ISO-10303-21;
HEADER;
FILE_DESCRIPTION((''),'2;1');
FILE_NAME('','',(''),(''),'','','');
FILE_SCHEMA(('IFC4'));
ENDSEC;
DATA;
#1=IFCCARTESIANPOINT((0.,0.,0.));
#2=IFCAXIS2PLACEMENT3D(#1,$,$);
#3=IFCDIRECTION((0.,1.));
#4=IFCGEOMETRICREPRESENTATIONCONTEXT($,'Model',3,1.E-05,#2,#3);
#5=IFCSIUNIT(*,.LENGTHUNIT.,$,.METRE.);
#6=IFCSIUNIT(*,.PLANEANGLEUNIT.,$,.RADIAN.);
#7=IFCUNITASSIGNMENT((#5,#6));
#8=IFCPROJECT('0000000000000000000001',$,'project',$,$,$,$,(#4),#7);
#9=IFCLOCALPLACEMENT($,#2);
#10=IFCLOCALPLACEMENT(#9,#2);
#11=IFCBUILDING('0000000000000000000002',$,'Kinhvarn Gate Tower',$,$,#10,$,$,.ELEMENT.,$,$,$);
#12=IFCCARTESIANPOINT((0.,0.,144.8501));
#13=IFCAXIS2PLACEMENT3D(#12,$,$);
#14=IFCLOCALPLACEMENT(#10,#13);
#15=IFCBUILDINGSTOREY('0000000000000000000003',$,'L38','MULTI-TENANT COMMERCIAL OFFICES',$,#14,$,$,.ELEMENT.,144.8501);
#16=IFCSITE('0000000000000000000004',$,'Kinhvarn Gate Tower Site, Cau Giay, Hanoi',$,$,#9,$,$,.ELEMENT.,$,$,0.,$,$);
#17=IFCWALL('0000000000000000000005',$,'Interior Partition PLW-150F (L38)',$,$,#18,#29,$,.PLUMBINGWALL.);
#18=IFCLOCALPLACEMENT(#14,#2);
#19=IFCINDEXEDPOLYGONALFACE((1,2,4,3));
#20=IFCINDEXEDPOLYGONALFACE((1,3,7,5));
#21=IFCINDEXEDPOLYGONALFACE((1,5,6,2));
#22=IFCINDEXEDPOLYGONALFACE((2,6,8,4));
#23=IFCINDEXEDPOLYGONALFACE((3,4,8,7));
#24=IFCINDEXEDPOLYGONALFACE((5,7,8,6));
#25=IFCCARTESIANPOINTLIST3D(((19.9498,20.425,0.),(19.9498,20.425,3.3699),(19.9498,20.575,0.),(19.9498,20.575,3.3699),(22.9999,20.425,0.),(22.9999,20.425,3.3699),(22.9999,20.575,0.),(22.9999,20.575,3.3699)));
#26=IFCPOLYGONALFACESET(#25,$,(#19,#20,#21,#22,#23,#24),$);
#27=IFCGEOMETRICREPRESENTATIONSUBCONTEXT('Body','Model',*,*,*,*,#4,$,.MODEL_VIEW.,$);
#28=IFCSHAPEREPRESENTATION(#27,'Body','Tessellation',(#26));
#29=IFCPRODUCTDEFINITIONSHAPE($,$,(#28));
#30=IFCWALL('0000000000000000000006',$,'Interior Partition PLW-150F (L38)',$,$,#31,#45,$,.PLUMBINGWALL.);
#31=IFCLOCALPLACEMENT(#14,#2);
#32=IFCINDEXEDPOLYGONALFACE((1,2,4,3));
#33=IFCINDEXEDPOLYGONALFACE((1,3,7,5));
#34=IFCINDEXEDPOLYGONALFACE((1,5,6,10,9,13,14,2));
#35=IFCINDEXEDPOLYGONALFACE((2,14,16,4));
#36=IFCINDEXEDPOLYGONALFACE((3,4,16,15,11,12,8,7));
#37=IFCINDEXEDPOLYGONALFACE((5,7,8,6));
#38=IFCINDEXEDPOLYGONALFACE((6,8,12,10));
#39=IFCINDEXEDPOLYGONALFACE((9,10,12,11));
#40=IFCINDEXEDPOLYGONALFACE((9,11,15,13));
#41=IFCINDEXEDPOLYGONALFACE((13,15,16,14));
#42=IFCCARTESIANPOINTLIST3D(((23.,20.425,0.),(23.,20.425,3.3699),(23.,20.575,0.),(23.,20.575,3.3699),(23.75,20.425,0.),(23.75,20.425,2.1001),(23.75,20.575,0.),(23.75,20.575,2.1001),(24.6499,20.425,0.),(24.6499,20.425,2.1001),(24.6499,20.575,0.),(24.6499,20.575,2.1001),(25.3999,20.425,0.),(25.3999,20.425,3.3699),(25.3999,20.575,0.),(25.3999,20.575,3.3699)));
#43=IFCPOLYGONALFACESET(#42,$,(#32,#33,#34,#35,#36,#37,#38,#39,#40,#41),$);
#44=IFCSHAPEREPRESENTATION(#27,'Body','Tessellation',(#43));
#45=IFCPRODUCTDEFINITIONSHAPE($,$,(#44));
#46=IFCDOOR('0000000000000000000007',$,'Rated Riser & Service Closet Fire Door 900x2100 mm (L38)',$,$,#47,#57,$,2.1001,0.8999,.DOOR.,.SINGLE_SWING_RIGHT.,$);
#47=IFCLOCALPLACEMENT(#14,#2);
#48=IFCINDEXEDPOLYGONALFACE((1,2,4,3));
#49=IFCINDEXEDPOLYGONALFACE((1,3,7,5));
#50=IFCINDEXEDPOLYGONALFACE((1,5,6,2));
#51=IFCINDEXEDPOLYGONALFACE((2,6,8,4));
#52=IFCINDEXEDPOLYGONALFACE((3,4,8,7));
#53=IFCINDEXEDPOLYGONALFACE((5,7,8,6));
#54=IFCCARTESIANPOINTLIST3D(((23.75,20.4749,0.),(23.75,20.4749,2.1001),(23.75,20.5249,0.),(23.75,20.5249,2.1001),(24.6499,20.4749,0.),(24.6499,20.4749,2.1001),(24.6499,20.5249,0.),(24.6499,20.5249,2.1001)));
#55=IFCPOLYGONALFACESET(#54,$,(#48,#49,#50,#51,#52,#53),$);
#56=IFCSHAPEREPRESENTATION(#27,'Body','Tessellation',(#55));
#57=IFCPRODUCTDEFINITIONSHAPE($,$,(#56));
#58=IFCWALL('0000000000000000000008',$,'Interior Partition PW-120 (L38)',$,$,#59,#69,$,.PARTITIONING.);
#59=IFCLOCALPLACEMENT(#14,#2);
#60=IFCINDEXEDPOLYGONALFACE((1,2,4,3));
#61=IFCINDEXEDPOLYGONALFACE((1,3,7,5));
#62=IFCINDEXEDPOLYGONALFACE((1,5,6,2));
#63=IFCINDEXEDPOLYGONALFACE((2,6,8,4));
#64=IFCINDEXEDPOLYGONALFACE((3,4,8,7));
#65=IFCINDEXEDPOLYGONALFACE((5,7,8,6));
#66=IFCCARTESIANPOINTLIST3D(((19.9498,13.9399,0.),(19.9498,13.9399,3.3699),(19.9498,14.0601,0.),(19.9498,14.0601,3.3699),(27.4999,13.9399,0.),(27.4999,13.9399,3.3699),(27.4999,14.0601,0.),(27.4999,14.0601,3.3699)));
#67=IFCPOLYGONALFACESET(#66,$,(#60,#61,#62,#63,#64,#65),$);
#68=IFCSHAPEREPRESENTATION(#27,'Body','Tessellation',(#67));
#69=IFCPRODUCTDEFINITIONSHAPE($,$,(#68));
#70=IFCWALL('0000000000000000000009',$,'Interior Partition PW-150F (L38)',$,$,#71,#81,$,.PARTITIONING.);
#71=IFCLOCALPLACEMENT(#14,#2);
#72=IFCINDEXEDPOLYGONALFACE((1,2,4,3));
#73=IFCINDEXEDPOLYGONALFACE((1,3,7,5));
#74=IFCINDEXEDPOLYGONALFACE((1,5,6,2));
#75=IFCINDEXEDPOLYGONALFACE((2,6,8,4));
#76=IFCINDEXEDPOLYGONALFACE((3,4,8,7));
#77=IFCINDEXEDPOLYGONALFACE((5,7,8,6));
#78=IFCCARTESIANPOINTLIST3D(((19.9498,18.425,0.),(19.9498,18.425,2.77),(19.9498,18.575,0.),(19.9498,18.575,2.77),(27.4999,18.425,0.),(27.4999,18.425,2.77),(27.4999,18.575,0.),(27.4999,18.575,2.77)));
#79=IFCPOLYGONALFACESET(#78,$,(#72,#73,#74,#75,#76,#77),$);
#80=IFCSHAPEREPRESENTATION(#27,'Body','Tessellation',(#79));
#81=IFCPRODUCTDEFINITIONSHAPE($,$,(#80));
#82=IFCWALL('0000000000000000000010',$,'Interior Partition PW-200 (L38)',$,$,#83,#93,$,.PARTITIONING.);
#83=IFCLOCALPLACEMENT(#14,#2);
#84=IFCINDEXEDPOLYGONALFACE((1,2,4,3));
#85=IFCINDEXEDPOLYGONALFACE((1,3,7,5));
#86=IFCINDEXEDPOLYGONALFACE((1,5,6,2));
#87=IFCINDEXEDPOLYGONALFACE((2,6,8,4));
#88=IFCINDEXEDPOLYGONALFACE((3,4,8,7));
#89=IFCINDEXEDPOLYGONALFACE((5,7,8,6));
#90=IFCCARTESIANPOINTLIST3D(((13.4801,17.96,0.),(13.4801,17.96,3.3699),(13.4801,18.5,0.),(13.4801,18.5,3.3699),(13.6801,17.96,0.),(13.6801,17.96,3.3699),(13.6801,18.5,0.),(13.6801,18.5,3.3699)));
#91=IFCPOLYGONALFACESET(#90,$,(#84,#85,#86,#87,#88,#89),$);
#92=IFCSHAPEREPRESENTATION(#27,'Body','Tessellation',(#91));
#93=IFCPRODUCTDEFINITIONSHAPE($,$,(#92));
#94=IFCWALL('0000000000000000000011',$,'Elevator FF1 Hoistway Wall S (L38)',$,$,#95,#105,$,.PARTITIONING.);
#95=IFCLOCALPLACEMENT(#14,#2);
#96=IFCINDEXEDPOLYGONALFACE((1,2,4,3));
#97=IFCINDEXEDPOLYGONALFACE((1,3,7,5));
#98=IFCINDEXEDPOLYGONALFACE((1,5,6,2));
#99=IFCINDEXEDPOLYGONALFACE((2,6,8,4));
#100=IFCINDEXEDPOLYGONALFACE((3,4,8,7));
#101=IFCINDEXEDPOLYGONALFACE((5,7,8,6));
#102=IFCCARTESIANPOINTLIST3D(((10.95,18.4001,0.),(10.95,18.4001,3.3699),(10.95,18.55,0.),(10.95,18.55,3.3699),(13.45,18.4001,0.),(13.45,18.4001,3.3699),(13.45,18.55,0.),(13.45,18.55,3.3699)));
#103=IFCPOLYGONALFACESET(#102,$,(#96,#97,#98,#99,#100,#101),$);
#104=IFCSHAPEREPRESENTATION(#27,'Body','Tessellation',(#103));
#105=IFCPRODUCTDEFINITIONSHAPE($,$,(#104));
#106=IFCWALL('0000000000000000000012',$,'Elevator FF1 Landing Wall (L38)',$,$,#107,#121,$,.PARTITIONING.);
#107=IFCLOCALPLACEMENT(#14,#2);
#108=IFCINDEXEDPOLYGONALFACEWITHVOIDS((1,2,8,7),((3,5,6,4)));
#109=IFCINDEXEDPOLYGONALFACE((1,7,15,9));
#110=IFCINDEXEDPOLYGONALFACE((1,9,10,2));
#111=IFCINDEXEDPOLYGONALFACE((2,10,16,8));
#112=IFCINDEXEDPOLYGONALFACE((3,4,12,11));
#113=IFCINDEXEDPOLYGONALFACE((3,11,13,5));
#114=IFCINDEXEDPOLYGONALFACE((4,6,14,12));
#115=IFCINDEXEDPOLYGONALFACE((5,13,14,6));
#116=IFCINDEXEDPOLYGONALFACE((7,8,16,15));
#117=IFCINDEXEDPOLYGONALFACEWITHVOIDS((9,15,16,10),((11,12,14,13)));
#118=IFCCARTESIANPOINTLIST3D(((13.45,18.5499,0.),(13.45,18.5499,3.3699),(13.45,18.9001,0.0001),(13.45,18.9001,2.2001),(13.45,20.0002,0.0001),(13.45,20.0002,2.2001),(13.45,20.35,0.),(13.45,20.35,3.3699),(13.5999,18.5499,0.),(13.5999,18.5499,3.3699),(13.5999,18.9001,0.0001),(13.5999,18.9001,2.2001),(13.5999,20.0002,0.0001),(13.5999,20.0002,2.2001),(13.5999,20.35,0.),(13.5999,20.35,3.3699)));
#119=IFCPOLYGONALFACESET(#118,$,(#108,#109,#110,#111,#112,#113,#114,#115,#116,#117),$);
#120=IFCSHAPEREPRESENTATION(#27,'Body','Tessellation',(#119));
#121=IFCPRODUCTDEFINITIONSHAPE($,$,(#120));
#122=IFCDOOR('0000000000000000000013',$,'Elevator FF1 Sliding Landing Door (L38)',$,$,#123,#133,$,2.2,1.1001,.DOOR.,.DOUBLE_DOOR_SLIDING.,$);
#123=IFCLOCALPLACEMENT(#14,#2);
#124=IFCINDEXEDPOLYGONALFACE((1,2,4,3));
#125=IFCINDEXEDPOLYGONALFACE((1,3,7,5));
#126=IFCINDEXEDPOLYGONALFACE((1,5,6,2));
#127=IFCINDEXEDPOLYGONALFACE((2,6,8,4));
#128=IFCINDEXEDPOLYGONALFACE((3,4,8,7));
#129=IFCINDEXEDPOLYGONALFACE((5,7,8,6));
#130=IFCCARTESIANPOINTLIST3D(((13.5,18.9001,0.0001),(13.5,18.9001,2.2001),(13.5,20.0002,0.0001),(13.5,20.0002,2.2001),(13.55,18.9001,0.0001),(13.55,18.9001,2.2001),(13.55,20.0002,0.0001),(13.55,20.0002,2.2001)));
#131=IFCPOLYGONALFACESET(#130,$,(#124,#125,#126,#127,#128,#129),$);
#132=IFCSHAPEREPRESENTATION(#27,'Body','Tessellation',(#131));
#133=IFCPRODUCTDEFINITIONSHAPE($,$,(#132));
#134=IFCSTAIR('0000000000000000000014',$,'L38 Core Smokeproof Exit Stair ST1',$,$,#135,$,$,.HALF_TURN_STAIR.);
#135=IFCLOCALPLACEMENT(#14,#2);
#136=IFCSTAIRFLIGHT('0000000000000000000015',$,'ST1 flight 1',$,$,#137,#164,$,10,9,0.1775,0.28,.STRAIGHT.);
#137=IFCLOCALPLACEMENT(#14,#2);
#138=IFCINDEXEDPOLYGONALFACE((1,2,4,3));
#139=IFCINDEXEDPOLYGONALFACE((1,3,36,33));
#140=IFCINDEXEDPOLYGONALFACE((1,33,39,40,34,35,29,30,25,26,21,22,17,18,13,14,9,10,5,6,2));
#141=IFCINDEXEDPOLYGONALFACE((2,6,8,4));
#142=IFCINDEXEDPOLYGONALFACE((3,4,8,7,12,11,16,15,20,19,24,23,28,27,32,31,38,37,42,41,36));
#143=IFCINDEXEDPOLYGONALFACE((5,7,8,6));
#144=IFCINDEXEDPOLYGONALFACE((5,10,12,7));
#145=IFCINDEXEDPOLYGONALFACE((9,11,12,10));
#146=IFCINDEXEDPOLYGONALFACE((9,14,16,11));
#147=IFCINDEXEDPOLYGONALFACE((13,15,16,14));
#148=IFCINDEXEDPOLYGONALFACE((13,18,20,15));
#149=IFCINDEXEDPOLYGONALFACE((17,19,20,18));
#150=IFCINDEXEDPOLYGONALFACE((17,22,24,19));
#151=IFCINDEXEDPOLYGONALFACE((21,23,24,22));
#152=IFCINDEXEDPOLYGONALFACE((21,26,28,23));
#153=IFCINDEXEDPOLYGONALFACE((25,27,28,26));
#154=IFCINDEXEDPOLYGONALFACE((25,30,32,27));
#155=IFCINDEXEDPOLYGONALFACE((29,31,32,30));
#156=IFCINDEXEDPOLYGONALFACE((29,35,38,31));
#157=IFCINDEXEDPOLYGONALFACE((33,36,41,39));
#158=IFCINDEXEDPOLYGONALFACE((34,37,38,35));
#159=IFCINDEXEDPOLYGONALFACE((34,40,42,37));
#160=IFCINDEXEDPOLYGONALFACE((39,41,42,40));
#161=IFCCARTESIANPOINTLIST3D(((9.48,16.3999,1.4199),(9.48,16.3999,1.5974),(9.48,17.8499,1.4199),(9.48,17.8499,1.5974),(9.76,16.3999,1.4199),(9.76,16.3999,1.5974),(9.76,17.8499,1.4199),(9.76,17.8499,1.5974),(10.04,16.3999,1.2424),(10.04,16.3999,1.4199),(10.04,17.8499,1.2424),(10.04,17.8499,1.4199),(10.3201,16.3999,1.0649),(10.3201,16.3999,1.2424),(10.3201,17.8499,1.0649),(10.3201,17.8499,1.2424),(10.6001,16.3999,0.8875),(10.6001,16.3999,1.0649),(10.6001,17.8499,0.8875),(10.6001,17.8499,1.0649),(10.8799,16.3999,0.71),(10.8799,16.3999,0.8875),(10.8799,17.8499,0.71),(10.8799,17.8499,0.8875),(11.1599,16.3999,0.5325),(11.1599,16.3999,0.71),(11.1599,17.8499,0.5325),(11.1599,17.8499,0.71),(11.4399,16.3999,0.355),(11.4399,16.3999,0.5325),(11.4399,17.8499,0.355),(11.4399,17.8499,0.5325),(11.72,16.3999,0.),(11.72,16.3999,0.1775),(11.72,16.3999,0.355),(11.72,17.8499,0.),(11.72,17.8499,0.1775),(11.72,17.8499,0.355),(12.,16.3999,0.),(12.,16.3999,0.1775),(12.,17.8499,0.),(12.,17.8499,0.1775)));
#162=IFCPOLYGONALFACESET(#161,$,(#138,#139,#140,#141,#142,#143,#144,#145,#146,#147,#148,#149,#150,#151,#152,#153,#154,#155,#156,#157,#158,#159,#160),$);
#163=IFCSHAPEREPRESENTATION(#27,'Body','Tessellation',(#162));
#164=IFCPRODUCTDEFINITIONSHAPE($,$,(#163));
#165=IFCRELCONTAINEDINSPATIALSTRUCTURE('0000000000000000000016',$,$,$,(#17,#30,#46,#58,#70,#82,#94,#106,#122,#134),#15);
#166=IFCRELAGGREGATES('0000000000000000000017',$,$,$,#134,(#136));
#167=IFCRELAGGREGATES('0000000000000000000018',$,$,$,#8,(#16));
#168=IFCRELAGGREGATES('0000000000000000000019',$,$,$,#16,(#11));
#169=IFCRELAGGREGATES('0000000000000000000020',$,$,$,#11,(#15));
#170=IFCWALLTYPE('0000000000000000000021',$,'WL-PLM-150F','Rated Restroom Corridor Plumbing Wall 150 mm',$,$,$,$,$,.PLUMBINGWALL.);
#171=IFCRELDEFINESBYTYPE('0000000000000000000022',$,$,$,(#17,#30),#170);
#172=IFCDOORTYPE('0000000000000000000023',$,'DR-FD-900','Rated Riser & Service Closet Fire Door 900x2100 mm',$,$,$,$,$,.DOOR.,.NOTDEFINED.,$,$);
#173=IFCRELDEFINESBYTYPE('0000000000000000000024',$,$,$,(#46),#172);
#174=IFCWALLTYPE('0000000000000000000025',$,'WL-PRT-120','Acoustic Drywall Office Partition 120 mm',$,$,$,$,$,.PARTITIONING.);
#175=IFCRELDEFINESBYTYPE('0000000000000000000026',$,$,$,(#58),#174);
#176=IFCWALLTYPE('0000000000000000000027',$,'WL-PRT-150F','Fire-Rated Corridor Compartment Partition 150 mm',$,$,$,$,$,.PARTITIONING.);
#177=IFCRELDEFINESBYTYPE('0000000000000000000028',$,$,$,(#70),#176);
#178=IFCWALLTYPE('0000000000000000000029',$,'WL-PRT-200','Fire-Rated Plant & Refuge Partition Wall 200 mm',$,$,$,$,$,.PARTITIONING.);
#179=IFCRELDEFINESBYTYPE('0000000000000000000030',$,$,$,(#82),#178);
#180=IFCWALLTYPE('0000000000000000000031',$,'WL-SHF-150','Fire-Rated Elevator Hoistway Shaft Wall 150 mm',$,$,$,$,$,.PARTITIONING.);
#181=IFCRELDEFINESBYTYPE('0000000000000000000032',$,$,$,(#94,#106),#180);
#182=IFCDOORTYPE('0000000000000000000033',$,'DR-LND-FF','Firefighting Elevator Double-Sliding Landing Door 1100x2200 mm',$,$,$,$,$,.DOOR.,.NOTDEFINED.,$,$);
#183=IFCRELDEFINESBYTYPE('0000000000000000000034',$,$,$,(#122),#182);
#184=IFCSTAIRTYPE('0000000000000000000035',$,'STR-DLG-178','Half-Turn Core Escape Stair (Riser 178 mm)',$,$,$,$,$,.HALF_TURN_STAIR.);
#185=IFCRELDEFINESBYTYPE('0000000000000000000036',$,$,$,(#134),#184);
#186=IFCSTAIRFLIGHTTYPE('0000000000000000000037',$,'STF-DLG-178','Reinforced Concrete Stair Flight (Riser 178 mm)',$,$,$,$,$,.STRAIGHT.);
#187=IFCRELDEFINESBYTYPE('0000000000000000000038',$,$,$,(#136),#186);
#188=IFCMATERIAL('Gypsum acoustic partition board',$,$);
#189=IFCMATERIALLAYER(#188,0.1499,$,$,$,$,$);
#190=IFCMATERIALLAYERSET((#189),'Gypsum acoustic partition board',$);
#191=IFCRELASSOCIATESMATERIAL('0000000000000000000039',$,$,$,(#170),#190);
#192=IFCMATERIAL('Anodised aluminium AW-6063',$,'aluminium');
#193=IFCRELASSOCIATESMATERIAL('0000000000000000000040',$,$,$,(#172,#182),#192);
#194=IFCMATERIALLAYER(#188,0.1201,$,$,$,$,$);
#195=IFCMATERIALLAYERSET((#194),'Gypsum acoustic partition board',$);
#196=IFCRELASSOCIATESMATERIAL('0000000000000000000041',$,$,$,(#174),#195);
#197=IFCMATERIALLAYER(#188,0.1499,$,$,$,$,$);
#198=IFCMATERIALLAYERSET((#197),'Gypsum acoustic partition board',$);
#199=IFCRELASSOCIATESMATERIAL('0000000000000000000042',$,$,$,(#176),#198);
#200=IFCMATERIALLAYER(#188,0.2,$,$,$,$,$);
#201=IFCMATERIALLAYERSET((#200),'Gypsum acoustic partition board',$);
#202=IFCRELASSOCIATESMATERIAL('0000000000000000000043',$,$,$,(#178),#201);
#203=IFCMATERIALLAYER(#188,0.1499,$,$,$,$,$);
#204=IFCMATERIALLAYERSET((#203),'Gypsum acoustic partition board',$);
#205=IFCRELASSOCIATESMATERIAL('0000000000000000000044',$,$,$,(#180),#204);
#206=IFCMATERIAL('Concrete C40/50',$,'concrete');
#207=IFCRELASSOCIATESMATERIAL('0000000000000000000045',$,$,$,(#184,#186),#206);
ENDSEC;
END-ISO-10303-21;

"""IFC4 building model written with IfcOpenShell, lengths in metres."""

from ifc_helpers import new_model, si_unit, direction, frame, frame_2d, origin, place, context, subcontext, project, spatial, polyline, rectangle, outline, extrude, material, layer, layer_set, type_object, element, fill, aggregate, save


model = new_model("IFC4")

# Units and contexts
model_context = context("Model", 3, precision=1e-05, world=origin(), true_north=direction((0.0, 1.0)))
body_context = subcontext(model_context, "Body", "Model", "MODEL_VIEW")
ifc_project = project(units=[si_unit("LENGTHUNIT", "METRE"), si_unit("PLANEANGLEUNIT", "RADIAN")], contexts=[model_context])

# Site, building, storey
site_placement = place(None, origin())
site = spatial("IfcSite", under=ifc_project, at=site_placement, Name="Kinhvarn Gate Tower Site, Cau Giay, Hanoi", CompositionType="ELEMENT", RefElevation=0.0)
building_placement = place(site_placement, origin())
building = spatial("IfcBuilding", under=site, at=building_placement, Name="Kinhvarn Gate Tower", CompositionType="ELEMENT")
storey_placement = place(building_placement, frame((0.0, 0.0, 144.8501)))
storey = spatial("IfcBuildingStorey", under=building, at=storey_placement, Name="L38", Description="MULTI-TENANT COMMERCIAL OFFICES", CompositionType="ELEMENT", Elevation=144.8501)

# Shared definitions
ifc_material_1 = material(Name="Anodised aluminium AW-6063", Category="aluminium")

# Shared definitions
ifc_material_2 = material(Name="Gypsum acoustic partition board")

# Shared definitions
ifc_layer_1 = layer(ifc_material_2, 0.1499)
ifc_layer_set_1 = layer_set([ifc_layer_1], Name="Gypsum acoustic partition board")
wall_type_1 = type_object("IfcWallType", Name="WL-PLM-150F", Description="Rated Restroom Corridor Plumbing Wall 150 mm", PredefinedType="PLUMBINGWALL", material=ifc_layer_set_1)
door_type_1 = type_object("IfcDoorType", Name="DR-FD-900", Description="Rated Riser & Service Closet Fire Door 900x2100 mm", OperationType="NOTDEFINED", PredefinedType="DOOR", material=ifc_material_1)

# Wall
wall_1_placement = place(storey_placement, frame((19.95, 20.5, 0.0), z_axis=(0.0, 0.0, 1.0), x_axis=(1.0, 0.0, 0.0)))
element("IfcWall", 1, at=wall_1_placement, inside=storey, type_object=wall_type_1, Name="Interior Partition PLW-150F (L38)", PredefinedType="PLUMBINGWALL", context=body_context, shape_type="SweptSolid", body=[
    extrude(rectangle(XDim=3.05, YDim=0.1499, at=frame_2d((1.5249, 0.0))), origin(), (0.0, 0.0, 1.0), 3.3699),
])

# Wall, opening, door
wall_2_placement = place(storey_placement, frame((23.0, 20.5, 0.0), z_axis=(0.0, 0.0, 1.0), x_axis=(1.0, 0.0, 0.0)))
wall_2 = element("IfcWall", 2, at=wall_2_placement, inside=storey, type_object=wall_type_1, Name="Interior Partition PLW-150F (L38)", PredefinedType="PLUMBINGWALL", context=body_context, shape_type="SweptSolid", body=[
    extrude(rectangle(XDim=2.3999, YDim=0.1499, at=frame_2d((1.2, 0.0))), origin(), (0.0, 0.0, 1.0), 3.3699),
])
opening_1_placement = place(wall_2_placement, frame((0.75, 0.0, 0.0)))
opening_1 = element("IfcOpeningElement", 3, at=opening_1_placement, cuts=wall_2, PredefinedType="OPENING", context=body_context, shape_type="SweptSolid", body=[
    extrude(rectangle(XDim=0.8999, YDim=2.1001, at=frame_2d((0.45, 1.05))), frame((0.0, 0.085, 0.0), z_axis=(0.0, -1.0, 0.0), x_axis=(1.0, 0.0, 0.0)), (0.0, 0.0, 1.0), 0.1699),
])
door_1_placement = place(opening_1_placement, origin())
door_1 = element("IfcDoor", 4, at=door_1_placement, inside=storey, type_object=door_type_1, Name="Rated Riser & Service Closet Fire Door 900x2100 mm (L38)", OperationType="SINGLE_SWING_RIGHT", OverallHeight=2.1001, OverallWidth=0.8999, PredefinedType="DOOR", context=body_context, shape_type="SweptSolid", body=[
    extrude(rectangle(XDim=0.8999, YDim=2.1001, at=frame_2d((0.45, 1.05))), frame((0.0, 0.0249, 0.0), z_axis=(0.0, -1.0, 0.0), x_axis=(1.0, 0.0, 0.0)), (0.0, 0.0, 1.0), 0.05),
])
fill(opening_1, door_1)

# Wall
ifc_layer_2 = layer(ifc_material_2, 0.1201)
ifc_layer_set_2 = layer_set([ifc_layer_2], Name="Gypsum acoustic partition board")
wall_type_2 = type_object("IfcWallType", Name="WL-PRT-120", Description="Acoustic Drywall Office Partition 120 mm", PredefinedType="PARTITIONING", material=ifc_layer_set_2)
wall_3_placement = place(storey_placement, frame((19.95, 14.0, 0.0), z_axis=(0.0, 0.0, 1.0), x_axis=(1.0, 0.0, 0.0)))
element("IfcWall", 5, at=wall_3_placement, inside=storey, type_object=wall_type_2, Name="Interior Partition PW-120 (L38)", PredefinedType="PARTITIONING", context=body_context, shape_type="SweptSolid", body=[
    extrude(rectangle(XDim=7.55, YDim=0.1201, at=frame_2d((3.7749, 0.0))), origin(), (0.0, 0.0, 1.0), 3.3699),
])

# Shared definitions
ifc_layer_3 = layer(ifc_material_2, 0.1499)
ifc_layer_set_3 = layer_set([ifc_layer_3], Name="Gypsum acoustic partition board")
wall_type_3 = type_object("IfcWallType", Name="WL-PRT-150F", Description="Fire-Rated Corridor Compartment Partition 150 mm", PredefinedType="PARTITIONING", material=ifc_layer_set_3)

# Walls
wall_4_placement = place(storey_placement, frame((19.95, 18.5, 0.0), z_axis=(0.0, 0.0, 1.0), x_axis=(1.0, 0.0, 0.0)))
element("IfcWall", 6, at=wall_4_placement, inside=storey, type_object=wall_type_3, Name="Interior Partition PW-150F (L38)", PredefinedType="PARTITIONING", context=body_context, shape_type="SweptSolid", body=[
    extrude(rectangle(XDim=7.55, YDim=0.1499, at=frame_2d((3.7749, 0.0))), origin(), (0.0, 0.0, 1.0), 2.77),
])
ifc_layer_4 = layer(ifc_material_2, 0.2)
ifc_layer_set_4 = layer_set([ifc_layer_4], Name="Gypsum acoustic partition board")
wall_type_4 = type_object("IfcWallType", Name="WL-PRT-200", Description="Fire-Rated Plant & Refuge Partition Wall 200 mm", PredefinedType="PARTITIONING", material=ifc_layer_set_4)
wall_5_placement = place(storey_placement, frame((13.5801, 17.96, 0.0), z_axis=(0.0, 0.0, 1.0), x_axis=(0.0, 1.0, 0.0)))
element("IfcWall", 7, at=wall_5_placement, inside=storey, type_object=wall_type_4, Name="Interior Partition PW-200 (L38)", PredefinedType="PARTITIONING", context=body_context, shape_type="SweptSolid", body=[
    extrude(rectangle(XDim=0.54, YDim=0.2, at=frame_2d((0.27, 0.0))), origin(), (0.0, 0.0, 1.0), 3.3699),
])
ifc_layer_5 = layer(ifc_material_2, 0.1499)
ifc_layer_set_5 = layer_set([ifc_layer_5], Name="Gypsum acoustic partition board")
wall_type_5 = type_object("IfcWallType", Name="WL-SHF-150", Description="Fire-Rated Elevator Hoistway Shaft Wall 150 mm", PredefinedType="PARTITIONING", material=ifc_layer_set_5)
wall_6_placement = place(storey_placement, frame((10.95, 18.4751, 0.0), z_axis=(0.0, 0.0, 1.0), x_axis=(1.0, 0.0, 0.0)))
element("IfcWall", 8, at=wall_6_placement, inside=storey, type_object=wall_type_5, Name="Elevator FF1 Hoistway Wall S (L38)", PredefinedType="PARTITIONING", context=body_context, shape_type="SweptSolid", body=[
    extrude(rectangle(XDim=2.5, YDim=0.1499, at=frame_2d((1.25, 0.0))), origin(), (0.0, 0.0, 1.0), 3.3699),
])

# Wall, opening, door
wall_7_placement = place(storey_placement, frame((13.5249, 18.55, 0.0), z_axis=(0.0, 0.0, 1.0), x_axis=(0.0, 1.0, 0.0)))
wall_7 = element("IfcWall", 9, at=wall_7_placement, inside=storey, type_object=wall_type_5, Name="Elevator FF1 Landing Wall (L38)", PredefinedType="PARTITIONING", context=body_context, shape_type="SweptSolid", body=[
    extrude(rectangle(XDim=1.8, YDim=0.1499, at=frame_2d((0.8999, 0.0))), origin(), (0.0, 0.0, 1.0), 3.3699),
])
opening_2_placement = place(wall_7_placement, frame((0.3501, 0.0, 0.0)))
opening_2 = element("IfcOpeningElement", 10, at=opening_2_placement, cuts=wall_7, PredefinedType="OPENING", context=body_context, shape_type="SweptSolid", body=[
    extrude(rectangle(XDim=1.1001, YDim=2.2, at=frame_2d((0.55, 1.1001))), frame((0.0, 0.085, 0.0), z_axis=(0.0, -1.0, 0.0), x_axis=(1.0, 0.0, 0.0)), (0.0, 0.0, 1.0), 0.1699),
])
door_type_2 = type_object("IfcDoorType", Name="DR-LND-FF", Description="Firefighting Elevator Double-Sliding Landing Door 1100x2200 mm", OperationType="NOTDEFINED", PredefinedType="DOOR", material=ifc_material_1)
door_2_placement = place(opening_2_placement, origin())
door_2 = element("IfcDoor", 11, at=door_2_placement, inside=storey, type_object=door_type_2, Name="Elevator FF1 Sliding Landing Door (L38)", OperationType="DOUBLE_DOOR_SLIDING", OverallHeight=2.2, OverallWidth=1.1001, PredefinedType="DOOR", context=body_context, shape_type="SweptSolid", body=[
    extrude(rectangle(XDim=1.1001, YDim=2.2, at=frame_2d((0.55, 1.1001))), frame((0.0, 0.0249, 0.0), z_axis=(0.0, -1.0, 0.0), x_axis=(1.0, 0.0, 0.0)), (0.0, 0.0, 1.0), 0.05),
])
fill(opening_2, door_2)
ifc_material_3 = material(Name="Concrete C40/50", Category="concrete")

# Stair, stair flight
stair_type = type_object("IfcStairType", Name="STR-DLG-178", Description="Half-Turn Core Escape Stair (Riser 178 mm)", PredefinedType="HALF_TURN_STAIR", material=ifc_material_3)
stair_placement = place(storey_placement, origin())
stair = element("IfcStair", 12, at=stair_placement, inside=storey, type_object=stair_type, Name="L38 Core Smokeproof Exit Stair ST1", PredefinedType="HALF_TURN_STAIR")
stair_flight_type = type_object("IfcStairFlightType", Name="STF-DLG-178", Description="Reinforced Concrete Stair Flight (Riser 178 mm)", PredefinedType="STRAIGHT", material=ifc_material_3)
stair_flight_placement = place(storey_placement, frame((12.0, 17.125, 0.0), z_axis=(0.0, 0.0, 1.0), x_axis=(-1.0, 0.0, 0.0)))
stair_flight = element("IfcStairFlight", 13, at=stair_flight_placement, type_object=stair_flight_type, Name="ST1 flight 1", NumberOfRisers=10, NumberOfTreads=9, PredefinedType="STRAIGHT", RiserHeight=0.1775, TreadLength=0.28, context=body_context, shape_type="SweptSolid", body=[
    extrude(outline(polyline([(0.0, 0.0), (0.0, 0.1775), (0.28, 0.1775), (0.28, 0.355), (0.5601, 0.355), (0.5601, 0.5325), (0.8401, 0.5325), (0.8401, 0.71), (1.1201, 0.71), (1.1201, 0.8875), (1.3999, 0.8875), (1.3999, 1.0649), (1.6799, 1.0649), (1.6799, 1.2424), (1.96, 1.2424), (1.96, 1.4199), (2.24, 1.4199), (2.24, 1.5974), (2.52, 1.5974), (2.52, 1.7749), (2.52, 1.4199), (0.28, 0.0), (0.0, 0.0)])), frame((0.0, 0.7251, 0.0), z_axis=(0.0, -1.0, 0.0), x_axis=(1.0, 0.0, 0.0)), (0.0, 0.0, 1.0), 1.45),
])
aggregate(stair, [stair_flight])

save(model, "model.ifc")
